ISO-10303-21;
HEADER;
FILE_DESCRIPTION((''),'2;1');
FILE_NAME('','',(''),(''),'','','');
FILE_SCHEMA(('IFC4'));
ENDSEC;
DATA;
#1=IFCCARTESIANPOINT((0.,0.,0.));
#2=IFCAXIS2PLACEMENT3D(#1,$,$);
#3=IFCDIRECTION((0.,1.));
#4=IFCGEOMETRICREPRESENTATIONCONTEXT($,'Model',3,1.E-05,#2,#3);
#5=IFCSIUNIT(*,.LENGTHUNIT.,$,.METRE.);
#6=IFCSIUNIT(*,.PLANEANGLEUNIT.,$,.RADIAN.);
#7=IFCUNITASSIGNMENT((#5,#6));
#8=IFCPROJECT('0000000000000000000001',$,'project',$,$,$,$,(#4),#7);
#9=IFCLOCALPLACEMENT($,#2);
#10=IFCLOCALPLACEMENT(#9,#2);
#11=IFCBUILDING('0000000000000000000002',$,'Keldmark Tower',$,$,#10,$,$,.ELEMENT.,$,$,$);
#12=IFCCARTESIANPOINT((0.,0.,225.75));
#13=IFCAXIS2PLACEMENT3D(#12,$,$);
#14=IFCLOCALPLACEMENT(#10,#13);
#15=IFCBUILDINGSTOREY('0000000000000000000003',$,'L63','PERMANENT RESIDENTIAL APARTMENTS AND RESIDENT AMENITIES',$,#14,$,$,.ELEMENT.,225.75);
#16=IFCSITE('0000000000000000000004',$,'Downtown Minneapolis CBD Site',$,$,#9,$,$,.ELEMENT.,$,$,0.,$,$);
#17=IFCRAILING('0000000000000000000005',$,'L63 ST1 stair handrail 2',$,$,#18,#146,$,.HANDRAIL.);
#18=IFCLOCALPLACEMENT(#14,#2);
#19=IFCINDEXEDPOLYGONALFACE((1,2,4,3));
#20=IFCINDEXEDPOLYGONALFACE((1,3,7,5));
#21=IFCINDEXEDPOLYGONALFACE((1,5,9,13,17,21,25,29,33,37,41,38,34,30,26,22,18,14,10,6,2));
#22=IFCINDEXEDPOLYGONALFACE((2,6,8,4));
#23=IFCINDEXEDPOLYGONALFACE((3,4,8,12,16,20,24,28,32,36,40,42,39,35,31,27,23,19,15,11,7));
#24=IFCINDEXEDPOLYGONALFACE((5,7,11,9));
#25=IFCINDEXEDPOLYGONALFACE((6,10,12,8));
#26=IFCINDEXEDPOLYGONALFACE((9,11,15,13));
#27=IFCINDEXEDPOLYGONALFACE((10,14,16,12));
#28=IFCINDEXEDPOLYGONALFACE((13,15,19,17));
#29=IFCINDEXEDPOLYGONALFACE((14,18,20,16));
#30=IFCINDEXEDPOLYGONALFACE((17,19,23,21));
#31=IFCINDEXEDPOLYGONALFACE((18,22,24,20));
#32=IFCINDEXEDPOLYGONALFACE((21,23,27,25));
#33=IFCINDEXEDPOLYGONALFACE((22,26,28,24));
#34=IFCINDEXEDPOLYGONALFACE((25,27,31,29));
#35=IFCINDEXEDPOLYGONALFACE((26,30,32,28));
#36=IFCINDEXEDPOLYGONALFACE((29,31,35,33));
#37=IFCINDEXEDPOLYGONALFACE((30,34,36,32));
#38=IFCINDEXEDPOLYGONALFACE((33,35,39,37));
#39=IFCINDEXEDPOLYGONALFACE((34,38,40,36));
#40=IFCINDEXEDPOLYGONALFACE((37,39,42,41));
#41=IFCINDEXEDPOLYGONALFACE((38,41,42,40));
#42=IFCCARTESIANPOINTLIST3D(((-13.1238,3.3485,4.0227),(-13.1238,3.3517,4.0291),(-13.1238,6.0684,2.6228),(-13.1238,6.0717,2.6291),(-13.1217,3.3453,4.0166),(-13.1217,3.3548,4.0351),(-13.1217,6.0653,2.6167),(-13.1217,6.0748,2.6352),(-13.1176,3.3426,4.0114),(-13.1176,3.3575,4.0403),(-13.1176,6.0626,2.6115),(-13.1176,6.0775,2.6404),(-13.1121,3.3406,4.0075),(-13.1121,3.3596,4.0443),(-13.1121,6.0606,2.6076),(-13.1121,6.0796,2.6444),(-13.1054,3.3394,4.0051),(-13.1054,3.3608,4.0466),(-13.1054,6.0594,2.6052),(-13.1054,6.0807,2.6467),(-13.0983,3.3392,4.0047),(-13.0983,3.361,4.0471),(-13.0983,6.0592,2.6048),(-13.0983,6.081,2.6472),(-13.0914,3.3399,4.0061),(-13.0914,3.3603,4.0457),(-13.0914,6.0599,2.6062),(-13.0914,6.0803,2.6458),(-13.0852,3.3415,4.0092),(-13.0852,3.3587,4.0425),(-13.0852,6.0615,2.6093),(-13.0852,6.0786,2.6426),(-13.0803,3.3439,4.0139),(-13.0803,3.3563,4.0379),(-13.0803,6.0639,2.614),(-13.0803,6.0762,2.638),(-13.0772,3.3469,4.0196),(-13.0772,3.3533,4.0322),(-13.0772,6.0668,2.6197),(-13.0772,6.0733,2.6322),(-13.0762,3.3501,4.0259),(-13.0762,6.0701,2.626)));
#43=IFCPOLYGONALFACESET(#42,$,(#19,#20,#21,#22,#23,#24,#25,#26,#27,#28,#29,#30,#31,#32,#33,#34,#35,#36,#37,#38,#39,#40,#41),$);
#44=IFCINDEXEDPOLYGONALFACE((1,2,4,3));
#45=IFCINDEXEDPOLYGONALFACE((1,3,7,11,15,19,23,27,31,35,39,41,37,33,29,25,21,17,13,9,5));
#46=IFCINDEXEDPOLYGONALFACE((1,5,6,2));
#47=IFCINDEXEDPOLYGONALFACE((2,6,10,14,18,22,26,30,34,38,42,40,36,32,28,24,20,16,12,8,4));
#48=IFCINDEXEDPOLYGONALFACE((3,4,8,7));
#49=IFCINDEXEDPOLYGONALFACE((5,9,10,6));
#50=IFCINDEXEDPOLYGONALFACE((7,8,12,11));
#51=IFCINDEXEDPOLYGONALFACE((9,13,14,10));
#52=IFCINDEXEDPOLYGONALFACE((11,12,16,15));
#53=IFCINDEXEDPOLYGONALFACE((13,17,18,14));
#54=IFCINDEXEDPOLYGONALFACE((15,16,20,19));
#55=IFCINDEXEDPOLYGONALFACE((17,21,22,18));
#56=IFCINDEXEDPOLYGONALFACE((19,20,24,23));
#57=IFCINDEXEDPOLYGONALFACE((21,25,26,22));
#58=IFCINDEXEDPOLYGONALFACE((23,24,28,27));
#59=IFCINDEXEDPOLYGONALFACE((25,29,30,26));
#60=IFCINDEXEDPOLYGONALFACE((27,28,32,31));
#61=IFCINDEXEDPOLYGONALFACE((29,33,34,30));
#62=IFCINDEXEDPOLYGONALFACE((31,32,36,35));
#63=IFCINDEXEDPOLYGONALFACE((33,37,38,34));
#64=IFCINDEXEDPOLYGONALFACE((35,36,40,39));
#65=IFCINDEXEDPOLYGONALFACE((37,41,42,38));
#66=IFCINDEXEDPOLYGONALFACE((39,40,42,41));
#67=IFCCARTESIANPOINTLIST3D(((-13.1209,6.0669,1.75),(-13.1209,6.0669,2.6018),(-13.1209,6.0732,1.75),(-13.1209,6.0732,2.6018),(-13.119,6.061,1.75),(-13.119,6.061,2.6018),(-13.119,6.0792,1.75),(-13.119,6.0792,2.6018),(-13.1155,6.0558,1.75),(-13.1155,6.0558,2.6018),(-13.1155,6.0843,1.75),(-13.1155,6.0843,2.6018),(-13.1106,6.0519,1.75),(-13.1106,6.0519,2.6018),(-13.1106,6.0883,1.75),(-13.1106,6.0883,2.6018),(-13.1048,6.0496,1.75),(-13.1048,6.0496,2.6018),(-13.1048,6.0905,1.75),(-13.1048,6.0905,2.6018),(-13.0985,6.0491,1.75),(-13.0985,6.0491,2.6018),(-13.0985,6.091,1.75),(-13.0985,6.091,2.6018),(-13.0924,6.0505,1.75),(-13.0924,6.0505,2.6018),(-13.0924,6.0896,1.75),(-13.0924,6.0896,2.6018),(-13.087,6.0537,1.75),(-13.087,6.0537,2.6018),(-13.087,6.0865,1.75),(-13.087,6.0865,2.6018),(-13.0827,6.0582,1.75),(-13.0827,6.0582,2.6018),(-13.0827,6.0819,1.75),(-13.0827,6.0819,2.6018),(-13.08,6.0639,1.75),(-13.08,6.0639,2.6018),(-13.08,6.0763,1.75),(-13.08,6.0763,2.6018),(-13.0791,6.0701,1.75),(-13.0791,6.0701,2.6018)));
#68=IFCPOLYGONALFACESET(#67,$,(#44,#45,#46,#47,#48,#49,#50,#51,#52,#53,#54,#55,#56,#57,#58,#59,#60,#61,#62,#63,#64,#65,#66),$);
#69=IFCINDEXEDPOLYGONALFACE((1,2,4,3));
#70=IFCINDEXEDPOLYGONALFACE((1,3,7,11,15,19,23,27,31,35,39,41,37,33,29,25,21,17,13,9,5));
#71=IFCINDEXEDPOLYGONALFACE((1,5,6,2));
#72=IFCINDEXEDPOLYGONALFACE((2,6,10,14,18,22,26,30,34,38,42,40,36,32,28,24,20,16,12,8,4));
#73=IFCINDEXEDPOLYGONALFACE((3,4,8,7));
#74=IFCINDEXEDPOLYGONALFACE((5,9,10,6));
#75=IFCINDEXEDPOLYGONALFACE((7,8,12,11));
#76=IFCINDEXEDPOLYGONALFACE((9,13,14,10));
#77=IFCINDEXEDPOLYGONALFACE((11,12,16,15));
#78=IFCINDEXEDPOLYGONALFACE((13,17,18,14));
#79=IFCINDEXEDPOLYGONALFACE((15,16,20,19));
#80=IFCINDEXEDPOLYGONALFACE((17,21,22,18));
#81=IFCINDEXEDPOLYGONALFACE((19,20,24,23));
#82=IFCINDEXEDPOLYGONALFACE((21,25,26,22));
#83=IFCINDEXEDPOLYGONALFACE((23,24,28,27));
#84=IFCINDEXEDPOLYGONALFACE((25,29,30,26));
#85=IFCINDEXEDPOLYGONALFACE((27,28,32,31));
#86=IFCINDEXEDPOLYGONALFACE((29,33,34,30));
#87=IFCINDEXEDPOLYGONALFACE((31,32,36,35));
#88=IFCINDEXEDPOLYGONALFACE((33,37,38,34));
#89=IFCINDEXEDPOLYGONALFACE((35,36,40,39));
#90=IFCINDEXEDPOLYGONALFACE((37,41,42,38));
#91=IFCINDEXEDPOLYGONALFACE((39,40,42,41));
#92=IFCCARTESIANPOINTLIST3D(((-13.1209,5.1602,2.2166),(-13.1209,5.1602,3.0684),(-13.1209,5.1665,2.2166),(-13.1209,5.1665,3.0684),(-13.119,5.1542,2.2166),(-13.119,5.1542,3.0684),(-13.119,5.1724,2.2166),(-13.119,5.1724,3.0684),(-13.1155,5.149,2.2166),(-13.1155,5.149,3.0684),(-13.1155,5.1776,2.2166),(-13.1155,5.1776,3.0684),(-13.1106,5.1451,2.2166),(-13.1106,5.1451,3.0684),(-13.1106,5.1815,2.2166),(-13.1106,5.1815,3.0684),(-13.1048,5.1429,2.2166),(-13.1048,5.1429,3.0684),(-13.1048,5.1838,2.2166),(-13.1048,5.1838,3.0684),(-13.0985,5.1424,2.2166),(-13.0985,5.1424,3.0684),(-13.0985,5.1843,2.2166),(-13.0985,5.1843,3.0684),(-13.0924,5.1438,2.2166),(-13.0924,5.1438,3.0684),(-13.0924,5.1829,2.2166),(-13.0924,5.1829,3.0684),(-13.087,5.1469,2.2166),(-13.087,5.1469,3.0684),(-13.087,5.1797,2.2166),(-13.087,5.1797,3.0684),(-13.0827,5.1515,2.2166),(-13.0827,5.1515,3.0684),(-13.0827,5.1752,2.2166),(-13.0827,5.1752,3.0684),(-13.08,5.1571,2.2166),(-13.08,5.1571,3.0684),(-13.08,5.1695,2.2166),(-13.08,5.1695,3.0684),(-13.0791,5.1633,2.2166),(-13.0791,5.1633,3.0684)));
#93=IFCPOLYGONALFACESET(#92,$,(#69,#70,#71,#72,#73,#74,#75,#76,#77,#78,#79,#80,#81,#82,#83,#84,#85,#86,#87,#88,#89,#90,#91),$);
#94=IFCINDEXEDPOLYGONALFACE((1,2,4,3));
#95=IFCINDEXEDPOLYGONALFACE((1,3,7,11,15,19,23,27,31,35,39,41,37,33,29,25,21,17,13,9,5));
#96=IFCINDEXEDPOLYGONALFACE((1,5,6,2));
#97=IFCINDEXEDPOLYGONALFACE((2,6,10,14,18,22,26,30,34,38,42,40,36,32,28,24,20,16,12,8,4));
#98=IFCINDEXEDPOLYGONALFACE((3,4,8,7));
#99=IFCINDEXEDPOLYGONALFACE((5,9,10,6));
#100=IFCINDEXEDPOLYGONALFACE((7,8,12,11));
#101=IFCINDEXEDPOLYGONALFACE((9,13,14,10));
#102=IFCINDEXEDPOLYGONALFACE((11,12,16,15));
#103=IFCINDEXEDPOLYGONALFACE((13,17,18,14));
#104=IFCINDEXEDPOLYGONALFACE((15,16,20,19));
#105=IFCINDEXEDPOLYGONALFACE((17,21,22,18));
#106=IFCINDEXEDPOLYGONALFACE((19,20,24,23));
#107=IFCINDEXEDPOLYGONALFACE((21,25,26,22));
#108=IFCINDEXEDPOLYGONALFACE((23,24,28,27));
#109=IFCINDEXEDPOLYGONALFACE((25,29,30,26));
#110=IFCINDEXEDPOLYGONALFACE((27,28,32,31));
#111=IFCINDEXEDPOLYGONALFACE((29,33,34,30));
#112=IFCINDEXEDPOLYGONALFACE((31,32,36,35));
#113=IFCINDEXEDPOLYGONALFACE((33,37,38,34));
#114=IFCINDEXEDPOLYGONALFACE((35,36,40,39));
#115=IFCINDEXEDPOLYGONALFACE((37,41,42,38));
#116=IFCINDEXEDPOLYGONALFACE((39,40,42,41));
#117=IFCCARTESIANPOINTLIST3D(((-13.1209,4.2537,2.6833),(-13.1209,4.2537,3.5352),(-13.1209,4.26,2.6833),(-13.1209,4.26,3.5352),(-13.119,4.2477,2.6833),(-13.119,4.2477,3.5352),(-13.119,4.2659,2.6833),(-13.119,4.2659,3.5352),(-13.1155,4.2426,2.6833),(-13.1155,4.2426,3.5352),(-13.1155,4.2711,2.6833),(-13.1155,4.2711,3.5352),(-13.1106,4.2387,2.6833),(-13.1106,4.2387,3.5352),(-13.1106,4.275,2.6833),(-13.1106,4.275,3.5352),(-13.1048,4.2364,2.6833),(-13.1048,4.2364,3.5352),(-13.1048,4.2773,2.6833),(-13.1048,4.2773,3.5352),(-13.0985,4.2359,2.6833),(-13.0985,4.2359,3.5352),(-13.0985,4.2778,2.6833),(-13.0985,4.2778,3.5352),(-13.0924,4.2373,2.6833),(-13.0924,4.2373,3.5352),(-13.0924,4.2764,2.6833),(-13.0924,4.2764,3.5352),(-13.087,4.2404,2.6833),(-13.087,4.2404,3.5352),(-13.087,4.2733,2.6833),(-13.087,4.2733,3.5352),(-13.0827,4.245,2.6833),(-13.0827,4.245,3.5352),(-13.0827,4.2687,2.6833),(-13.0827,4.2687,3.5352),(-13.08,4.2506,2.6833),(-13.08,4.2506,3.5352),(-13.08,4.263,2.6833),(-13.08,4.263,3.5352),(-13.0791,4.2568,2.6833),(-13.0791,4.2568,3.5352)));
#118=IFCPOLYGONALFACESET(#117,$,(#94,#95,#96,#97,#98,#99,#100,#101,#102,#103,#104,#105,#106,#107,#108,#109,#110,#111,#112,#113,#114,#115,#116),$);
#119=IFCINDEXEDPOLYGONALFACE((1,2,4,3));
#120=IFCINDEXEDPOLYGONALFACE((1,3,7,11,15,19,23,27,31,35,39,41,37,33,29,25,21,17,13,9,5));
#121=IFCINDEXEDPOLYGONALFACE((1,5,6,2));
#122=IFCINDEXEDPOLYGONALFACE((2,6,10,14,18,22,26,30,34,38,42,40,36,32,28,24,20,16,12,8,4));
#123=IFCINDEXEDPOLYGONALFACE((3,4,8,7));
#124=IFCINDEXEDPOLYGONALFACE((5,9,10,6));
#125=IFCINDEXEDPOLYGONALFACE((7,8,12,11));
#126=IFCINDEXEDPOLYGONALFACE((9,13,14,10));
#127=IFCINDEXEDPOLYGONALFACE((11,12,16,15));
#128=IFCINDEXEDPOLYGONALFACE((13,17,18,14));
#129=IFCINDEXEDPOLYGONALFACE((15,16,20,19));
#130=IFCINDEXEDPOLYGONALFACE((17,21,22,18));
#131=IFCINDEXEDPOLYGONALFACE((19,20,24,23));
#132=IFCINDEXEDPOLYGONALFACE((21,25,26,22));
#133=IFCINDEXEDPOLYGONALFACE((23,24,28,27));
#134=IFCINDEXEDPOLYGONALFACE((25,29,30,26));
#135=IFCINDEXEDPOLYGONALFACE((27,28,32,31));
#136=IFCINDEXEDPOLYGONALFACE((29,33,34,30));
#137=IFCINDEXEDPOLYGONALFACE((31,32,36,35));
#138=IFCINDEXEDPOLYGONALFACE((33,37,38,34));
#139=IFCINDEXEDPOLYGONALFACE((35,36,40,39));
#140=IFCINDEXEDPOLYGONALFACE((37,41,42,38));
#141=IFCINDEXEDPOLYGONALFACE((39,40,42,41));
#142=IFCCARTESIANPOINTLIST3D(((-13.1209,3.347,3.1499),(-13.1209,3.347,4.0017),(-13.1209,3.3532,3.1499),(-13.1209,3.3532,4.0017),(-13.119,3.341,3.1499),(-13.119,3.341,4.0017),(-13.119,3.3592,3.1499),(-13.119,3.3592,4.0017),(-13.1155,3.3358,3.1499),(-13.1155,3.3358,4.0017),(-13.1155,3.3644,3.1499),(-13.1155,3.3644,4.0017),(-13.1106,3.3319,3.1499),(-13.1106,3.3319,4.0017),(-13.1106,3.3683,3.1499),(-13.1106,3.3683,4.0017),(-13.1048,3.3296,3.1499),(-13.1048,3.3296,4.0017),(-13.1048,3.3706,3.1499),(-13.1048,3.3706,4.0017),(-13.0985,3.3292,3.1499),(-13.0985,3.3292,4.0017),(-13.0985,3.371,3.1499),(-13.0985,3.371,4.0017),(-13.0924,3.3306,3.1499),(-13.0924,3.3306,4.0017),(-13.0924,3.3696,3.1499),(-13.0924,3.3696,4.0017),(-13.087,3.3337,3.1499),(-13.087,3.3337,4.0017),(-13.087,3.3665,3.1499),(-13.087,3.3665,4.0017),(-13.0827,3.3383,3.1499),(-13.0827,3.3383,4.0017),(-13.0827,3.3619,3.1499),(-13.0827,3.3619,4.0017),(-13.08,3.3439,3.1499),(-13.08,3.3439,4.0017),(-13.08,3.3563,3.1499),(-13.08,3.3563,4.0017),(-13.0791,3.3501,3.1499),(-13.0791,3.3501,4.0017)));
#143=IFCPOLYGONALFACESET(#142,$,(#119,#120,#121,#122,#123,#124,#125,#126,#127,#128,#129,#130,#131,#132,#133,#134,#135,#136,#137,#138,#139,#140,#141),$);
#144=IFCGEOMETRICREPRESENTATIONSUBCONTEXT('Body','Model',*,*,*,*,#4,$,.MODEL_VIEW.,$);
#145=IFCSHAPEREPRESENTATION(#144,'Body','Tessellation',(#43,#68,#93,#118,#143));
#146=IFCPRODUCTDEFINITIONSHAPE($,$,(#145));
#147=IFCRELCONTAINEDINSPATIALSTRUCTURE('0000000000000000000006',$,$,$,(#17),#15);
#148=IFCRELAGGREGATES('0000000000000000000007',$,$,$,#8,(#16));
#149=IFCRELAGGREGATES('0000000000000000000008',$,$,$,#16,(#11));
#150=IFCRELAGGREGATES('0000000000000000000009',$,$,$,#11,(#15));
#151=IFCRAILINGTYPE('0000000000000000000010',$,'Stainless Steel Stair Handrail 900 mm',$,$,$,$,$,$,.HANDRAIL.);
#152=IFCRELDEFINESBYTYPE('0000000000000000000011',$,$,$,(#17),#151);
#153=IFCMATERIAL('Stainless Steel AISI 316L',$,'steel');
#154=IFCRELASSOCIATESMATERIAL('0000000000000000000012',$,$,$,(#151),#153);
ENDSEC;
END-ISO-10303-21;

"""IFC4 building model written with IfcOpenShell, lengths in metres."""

from ifc_helpers import new_model, si_unit, direction, frame, origin, origin_2d, place, context, subcontext, project, spatial, circle, extrude, material, type_object, element, save


model = new_model("IFC4")

# Units and contexts
model_context = context("Model", 3, precision=1e-05, world=origin(), true_north=direction((0.0, 1.0)))
body_context = subcontext(model_context, "Body", "Model", "MODEL_VIEW")
ifc_project = project(units=[si_unit("LENGTHUNIT", "METRE"), si_unit("PLANEANGLEUNIT", "RADIAN")], contexts=[model_context])

# Site, building, storey
site_placement = place(None, origin())
site = spatial("IfcSite", under=ifc_project, at=site_placement, Name="Downtown Minneapolis CBD Site", CompositionType="ELEMENT", RefElevation=0.0)
building_placement = place(site_placement, origin())
building = spatial("IfcBuilding", under=site, at=building_placement, Name="Keldmark Tower", CompositionType="ELEMENT")
storey_placement = place(building_placement, frame((0.0, 0.0, 225.75)))
storey = spatial("IfcBuildingStorey", under=building, at=storey_placement, Name="L63", Description="PERMANENT RESIDENTIAL APARTMENTS AND RESIDENT AMENITIES", CompositionType="ELEMENT", Elevation=225.75)

# Railing
ifc_material_1 = material(Name="Stainless Steel AISI 316L", Category="steel")
railing_type_1 = type_object("IfcRailingType", Name="Stainless Steel Stair Handrail 900 mm", PredefinedType="HANDRAIL", material=ifc_material_1)
railing_1_placement = place(storey_placement, frame((-13.1001, 6.0701, 1.75)))
element("IfcRailing", 1, at=railing_1_placement, inside=storey, type_object=railing_type_1, Name="L63 ST1 stair handrail 2", PredefinedType="HANDRAIL", context=body_context, shape_type="SweptSolid", body=[
    extrude(circle(Radius=0.0239, at=origin_2d()), frame((0.0, 0.0, 0.876), z_axis=(0.0, -0.889147, 0.457622), x_axis=(1.0, 0.0, 0.0)), (0.0, 0.0, 1.0), 3.0591),
    extrude(circle(Radius=0.021, at=origin_2d()), origin(), (0.0, 0.0, 1.0), 0.8518),
    extrude(circle(Radius=0.021, at=origin_2d()), frame((0.0, -0.9067, 0.4666)), (0.0, 0.0, 1.0), 0.8518),
    extrude(circle(Radius=0.021, at=origin_2d()), frame((0.0, -1.8132, 0.9333)), (0.0, 0.0, 1.0), 0.8518),
    extrude(circle(Radius=0.021, at=origin_2d()), frame((0.0, -2.72, 1.3999)), (0.0, 0.0, 1.0), 0.8518),
])

save(model, "model.ifc")
